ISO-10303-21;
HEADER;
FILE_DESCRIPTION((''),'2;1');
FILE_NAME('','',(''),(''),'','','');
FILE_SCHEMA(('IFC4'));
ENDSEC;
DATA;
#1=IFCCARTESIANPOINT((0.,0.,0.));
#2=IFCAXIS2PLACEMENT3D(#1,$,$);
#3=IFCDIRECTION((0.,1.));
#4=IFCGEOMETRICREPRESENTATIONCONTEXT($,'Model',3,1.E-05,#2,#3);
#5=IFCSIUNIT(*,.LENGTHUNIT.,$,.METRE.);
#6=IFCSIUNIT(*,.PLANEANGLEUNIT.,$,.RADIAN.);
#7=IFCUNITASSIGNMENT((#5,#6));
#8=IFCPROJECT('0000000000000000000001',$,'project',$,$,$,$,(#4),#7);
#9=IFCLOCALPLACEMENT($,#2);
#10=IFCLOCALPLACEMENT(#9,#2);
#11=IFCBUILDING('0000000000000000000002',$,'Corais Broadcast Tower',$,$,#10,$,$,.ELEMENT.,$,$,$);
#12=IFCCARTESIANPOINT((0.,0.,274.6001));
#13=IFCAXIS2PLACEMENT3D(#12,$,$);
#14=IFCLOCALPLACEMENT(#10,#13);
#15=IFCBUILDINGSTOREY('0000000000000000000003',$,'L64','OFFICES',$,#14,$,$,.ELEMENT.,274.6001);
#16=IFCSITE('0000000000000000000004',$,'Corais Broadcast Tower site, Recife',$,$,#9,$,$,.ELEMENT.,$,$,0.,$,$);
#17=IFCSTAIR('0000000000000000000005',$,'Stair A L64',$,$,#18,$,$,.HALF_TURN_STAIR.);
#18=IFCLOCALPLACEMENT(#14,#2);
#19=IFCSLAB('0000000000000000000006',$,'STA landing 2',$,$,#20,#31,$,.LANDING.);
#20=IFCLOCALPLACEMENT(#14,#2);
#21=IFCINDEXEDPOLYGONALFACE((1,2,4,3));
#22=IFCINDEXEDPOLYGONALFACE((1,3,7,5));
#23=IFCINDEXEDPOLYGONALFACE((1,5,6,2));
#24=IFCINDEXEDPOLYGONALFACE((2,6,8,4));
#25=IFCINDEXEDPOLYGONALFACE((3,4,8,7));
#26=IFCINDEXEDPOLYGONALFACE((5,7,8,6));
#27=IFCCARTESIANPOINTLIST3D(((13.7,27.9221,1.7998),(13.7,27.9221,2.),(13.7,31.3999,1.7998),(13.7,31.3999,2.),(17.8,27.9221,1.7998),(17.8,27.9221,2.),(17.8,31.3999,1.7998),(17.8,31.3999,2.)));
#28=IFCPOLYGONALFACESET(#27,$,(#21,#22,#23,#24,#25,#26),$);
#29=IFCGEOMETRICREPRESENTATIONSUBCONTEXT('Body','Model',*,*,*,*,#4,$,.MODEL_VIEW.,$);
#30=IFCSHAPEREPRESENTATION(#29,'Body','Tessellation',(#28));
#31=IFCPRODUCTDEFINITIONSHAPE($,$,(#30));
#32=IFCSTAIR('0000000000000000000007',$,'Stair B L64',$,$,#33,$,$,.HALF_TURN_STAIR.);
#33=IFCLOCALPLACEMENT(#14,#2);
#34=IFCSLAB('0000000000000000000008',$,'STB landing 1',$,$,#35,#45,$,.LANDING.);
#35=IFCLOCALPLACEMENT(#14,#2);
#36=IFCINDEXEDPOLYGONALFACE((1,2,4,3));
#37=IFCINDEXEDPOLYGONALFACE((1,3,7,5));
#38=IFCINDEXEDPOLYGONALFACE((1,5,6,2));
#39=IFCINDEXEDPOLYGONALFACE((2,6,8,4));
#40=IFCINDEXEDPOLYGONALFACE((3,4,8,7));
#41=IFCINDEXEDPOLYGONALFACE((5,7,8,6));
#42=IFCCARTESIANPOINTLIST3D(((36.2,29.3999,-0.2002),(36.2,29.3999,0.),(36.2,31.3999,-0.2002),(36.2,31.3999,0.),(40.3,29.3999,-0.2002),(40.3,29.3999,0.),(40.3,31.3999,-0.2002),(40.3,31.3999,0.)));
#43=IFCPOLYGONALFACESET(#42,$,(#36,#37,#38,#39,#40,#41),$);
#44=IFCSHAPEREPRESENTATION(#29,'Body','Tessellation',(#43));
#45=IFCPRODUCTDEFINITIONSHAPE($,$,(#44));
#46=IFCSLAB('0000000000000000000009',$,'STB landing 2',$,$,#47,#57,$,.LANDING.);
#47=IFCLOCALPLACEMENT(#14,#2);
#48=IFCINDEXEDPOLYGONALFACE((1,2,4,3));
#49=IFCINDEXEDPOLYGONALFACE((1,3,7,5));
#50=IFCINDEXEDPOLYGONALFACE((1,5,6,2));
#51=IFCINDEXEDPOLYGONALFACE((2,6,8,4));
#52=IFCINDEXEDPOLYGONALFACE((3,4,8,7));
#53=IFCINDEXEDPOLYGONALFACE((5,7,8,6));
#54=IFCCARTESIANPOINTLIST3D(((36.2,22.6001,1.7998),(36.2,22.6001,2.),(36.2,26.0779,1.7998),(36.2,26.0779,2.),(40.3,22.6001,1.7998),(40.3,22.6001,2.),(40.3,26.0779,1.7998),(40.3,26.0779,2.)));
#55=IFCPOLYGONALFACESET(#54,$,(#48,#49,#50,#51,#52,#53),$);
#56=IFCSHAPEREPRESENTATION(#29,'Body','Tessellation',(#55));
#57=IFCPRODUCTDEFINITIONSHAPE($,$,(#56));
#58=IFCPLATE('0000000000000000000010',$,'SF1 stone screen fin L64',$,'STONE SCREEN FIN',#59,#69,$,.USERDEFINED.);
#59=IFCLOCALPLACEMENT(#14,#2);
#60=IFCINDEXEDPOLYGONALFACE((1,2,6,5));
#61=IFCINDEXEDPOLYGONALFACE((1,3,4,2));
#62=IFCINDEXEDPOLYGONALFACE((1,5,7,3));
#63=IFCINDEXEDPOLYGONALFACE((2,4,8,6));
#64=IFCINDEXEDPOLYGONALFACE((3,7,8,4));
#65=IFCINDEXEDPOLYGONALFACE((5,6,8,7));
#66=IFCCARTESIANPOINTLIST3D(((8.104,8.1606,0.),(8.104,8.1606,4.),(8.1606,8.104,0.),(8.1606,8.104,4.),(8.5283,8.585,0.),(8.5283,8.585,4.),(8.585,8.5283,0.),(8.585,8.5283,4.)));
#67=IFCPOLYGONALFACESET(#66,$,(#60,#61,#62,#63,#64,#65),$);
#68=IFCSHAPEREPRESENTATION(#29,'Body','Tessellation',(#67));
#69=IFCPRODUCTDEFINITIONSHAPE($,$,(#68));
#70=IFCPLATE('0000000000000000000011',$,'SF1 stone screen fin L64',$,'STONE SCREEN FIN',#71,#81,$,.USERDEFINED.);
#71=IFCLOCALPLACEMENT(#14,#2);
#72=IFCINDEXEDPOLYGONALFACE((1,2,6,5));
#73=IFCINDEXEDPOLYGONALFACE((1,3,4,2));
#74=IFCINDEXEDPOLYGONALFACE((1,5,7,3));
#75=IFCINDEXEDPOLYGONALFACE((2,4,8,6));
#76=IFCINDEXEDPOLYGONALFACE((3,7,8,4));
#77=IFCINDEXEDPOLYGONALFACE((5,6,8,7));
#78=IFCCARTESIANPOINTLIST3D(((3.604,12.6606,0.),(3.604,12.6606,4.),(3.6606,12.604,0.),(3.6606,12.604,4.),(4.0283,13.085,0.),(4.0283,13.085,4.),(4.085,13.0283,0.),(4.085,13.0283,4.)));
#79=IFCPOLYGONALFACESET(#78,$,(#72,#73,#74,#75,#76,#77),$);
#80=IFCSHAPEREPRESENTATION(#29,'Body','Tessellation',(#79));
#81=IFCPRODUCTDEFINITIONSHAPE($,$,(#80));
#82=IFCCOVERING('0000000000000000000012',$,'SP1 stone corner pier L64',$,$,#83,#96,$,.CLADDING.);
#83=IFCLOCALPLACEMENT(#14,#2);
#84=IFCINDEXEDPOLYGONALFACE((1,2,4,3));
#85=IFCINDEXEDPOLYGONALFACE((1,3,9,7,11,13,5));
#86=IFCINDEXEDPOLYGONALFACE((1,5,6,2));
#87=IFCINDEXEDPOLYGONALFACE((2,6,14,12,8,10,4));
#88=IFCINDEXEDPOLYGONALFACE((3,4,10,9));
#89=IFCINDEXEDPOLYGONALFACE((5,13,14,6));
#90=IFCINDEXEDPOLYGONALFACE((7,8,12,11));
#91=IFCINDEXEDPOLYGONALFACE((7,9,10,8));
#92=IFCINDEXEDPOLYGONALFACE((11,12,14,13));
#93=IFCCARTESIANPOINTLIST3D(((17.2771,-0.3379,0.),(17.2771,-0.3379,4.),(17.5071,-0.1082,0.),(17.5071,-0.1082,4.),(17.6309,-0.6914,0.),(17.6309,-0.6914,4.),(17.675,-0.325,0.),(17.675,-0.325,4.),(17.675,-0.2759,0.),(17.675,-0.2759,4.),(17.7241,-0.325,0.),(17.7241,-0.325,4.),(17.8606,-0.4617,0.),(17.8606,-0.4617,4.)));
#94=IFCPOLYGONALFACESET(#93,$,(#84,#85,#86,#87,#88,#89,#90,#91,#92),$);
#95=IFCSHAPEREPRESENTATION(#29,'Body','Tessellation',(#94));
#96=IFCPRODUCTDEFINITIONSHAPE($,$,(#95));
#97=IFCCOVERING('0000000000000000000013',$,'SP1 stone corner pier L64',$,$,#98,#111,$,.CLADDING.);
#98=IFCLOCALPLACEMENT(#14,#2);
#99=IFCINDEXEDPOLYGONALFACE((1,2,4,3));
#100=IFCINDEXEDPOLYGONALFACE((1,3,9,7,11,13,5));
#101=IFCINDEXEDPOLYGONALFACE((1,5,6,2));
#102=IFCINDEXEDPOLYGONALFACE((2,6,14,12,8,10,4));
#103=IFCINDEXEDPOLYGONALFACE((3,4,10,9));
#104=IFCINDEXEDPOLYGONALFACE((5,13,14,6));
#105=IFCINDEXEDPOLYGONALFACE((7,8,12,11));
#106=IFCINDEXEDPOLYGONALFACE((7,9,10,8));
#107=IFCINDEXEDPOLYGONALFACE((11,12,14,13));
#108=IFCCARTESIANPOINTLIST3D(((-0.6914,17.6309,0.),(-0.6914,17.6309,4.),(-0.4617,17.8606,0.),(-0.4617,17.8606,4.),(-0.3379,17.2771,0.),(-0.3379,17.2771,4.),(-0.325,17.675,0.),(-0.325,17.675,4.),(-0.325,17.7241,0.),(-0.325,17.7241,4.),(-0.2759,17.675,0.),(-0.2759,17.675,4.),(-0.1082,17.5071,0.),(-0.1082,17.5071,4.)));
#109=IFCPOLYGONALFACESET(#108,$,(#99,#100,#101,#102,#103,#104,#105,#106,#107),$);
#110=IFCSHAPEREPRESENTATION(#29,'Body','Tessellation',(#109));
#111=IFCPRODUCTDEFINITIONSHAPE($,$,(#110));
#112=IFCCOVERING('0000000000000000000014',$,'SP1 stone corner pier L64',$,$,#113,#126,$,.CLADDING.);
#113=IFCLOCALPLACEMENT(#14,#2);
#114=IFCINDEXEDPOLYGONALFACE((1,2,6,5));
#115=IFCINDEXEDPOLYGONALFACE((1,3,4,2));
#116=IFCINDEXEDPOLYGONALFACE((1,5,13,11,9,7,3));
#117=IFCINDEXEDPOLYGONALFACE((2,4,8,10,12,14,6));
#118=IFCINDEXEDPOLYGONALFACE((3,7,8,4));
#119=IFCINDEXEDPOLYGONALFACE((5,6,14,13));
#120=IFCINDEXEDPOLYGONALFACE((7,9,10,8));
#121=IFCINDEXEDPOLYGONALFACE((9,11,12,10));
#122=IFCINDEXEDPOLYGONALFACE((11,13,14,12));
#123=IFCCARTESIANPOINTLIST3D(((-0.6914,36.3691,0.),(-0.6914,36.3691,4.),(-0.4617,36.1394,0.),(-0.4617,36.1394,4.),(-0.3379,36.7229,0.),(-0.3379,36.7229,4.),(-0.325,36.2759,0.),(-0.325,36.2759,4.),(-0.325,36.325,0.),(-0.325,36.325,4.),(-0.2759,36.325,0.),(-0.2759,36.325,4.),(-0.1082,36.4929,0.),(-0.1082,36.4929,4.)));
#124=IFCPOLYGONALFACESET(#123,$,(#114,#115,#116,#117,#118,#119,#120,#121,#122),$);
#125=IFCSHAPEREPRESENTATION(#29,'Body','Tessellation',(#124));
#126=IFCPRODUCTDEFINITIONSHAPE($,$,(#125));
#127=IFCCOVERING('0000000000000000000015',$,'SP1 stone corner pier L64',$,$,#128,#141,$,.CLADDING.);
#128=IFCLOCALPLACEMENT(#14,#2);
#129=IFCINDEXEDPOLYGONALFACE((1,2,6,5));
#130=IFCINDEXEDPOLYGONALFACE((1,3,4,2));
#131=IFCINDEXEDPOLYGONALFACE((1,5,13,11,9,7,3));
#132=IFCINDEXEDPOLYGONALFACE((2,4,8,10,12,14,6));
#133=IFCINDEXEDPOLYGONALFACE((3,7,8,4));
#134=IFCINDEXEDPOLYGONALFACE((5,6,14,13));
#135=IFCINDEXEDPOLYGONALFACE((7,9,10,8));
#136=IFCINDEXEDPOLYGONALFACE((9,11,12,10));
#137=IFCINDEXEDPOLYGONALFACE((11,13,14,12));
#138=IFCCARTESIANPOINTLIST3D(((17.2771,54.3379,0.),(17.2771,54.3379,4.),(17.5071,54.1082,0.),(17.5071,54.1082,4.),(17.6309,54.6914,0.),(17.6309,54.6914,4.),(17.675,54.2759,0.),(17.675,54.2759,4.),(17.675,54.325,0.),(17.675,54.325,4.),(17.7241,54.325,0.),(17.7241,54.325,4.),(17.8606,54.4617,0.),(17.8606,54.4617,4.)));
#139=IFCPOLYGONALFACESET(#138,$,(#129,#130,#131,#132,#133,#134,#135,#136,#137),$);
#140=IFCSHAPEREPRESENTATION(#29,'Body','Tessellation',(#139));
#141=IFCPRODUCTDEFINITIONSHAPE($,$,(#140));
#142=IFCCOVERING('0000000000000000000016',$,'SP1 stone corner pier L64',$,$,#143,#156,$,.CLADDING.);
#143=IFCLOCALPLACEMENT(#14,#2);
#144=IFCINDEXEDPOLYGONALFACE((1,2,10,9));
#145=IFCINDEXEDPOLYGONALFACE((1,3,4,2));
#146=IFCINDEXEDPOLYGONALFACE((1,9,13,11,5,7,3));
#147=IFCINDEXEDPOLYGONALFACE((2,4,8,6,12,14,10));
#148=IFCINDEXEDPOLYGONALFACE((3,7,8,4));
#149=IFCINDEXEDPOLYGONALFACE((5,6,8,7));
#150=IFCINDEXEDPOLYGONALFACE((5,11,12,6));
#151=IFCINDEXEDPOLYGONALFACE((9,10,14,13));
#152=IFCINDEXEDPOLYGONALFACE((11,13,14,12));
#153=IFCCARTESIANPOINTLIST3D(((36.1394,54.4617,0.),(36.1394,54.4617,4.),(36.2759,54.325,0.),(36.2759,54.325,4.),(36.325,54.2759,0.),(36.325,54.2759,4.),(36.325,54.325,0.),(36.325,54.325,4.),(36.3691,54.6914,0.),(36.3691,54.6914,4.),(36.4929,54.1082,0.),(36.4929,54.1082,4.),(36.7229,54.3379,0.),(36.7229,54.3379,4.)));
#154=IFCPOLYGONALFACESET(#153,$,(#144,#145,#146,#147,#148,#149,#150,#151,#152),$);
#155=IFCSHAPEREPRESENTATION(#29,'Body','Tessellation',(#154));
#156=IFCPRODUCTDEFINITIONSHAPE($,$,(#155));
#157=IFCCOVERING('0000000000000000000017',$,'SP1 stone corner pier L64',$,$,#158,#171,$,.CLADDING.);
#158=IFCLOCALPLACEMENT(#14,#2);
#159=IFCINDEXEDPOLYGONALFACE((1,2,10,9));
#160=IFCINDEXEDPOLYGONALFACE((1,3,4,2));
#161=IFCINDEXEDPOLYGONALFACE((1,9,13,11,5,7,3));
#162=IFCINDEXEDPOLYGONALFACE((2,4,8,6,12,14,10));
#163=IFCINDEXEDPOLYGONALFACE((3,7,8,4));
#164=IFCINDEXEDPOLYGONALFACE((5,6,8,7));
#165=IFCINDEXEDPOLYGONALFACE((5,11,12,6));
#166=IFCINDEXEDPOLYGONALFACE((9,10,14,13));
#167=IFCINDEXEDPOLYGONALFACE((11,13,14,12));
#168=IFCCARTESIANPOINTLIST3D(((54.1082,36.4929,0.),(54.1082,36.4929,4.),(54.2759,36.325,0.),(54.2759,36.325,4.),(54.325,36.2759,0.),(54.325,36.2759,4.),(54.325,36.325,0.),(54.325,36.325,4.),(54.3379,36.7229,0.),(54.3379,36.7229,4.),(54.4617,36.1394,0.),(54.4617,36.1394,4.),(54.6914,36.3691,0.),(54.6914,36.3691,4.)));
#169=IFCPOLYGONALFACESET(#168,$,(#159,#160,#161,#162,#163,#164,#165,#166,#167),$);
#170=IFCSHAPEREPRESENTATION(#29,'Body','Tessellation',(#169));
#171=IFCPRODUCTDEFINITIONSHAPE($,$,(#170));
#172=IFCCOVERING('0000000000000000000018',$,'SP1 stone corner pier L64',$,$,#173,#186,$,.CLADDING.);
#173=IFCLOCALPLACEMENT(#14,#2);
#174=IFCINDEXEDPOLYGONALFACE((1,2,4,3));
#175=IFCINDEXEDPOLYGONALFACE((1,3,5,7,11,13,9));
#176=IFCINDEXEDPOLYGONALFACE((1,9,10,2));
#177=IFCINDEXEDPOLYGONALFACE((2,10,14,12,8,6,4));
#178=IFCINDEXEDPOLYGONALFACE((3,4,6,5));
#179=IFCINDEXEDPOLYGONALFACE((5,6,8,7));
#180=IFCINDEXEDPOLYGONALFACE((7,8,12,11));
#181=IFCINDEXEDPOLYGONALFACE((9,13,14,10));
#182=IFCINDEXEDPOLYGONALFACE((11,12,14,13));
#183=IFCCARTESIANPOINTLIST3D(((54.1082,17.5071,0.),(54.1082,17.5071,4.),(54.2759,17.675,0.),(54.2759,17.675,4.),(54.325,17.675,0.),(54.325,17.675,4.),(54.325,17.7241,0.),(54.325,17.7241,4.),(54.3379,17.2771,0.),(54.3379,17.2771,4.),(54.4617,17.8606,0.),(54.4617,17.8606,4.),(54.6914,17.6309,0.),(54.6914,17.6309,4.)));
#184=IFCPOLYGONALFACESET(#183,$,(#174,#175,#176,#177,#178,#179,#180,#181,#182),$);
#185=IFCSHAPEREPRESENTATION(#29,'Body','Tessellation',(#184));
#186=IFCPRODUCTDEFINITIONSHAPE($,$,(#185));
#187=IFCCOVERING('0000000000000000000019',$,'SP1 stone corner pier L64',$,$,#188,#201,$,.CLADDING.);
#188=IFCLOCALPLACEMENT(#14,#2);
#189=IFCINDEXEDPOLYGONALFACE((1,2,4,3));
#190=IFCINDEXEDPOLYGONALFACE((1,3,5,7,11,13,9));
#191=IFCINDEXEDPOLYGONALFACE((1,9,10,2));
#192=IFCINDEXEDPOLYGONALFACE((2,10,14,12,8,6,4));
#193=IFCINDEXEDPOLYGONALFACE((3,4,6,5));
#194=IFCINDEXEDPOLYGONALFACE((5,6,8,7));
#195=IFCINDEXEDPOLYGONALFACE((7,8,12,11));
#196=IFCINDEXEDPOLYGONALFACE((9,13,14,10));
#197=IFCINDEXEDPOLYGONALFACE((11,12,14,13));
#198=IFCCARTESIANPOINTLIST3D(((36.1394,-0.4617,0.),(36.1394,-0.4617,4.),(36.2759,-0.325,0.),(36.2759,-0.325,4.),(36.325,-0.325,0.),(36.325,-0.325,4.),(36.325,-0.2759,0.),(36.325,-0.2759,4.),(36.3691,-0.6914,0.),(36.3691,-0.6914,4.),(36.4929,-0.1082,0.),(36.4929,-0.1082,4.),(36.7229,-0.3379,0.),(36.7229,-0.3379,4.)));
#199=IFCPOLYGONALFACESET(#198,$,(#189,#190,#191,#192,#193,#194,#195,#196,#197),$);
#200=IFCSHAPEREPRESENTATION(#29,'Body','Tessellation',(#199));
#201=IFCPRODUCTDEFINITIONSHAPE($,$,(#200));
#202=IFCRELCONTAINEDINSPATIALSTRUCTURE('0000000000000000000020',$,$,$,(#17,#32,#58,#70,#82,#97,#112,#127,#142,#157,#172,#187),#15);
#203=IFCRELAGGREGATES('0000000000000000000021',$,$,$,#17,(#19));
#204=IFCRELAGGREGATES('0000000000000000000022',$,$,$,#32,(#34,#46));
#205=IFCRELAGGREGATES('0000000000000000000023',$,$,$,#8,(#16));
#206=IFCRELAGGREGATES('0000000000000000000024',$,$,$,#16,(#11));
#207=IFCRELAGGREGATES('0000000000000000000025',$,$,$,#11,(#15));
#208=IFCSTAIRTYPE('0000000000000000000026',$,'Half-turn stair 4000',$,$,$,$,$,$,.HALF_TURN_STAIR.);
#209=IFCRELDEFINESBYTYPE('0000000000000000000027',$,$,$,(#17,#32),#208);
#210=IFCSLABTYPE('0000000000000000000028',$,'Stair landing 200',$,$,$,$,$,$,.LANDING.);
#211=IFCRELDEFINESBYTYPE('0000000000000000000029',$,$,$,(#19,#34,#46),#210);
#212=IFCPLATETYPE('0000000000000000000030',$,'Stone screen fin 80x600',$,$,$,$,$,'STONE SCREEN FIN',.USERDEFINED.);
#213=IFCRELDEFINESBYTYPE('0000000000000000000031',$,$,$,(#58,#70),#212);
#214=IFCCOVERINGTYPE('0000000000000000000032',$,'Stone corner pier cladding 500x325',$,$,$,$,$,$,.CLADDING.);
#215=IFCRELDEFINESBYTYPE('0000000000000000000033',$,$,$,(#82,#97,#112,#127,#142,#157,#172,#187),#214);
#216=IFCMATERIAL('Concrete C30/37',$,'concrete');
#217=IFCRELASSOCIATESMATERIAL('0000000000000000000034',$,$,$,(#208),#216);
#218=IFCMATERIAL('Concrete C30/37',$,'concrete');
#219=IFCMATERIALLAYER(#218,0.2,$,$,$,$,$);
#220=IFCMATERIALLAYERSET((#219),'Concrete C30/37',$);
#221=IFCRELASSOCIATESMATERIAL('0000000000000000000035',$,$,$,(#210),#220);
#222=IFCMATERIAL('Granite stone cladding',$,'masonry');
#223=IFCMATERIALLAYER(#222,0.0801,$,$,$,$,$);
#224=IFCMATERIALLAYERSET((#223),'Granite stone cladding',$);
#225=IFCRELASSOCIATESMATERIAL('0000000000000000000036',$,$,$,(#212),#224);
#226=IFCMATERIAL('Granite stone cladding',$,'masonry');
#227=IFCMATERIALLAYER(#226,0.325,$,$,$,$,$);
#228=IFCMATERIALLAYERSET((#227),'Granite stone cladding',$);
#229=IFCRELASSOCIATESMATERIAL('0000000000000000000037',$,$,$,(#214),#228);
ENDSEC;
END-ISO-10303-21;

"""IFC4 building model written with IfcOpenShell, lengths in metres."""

from ifc_helpers import new_model, si_unit, direction, frame, origin, origin_2d, place, context, subcontext, project, spatial, polyline, rectangle, outline, extrude, material, layer, layer_set, type_object, element, aggregate, save


model = new_model("IFC4")

# Units and contexts
model_context = context("Model", 3, precision=1e-05, world=origin(), true_north=direction((0.0, 1.0)))
body_context = subcontext(model_context, "Body", "Model", "MODEL_VIEW")
ifc_project = project(units=[si_unit("LENGTHUNIT", "METRE"), si_unit("PLANEANGLEUNIT", "RADIAN")], contexts=[model_context])

# Site, building, storey
site_placement = place(None, origin())
site = spatial("IfcSite", under=ifc_project, at=site_placement, Name="Corais Broadcast Tower site, Recife", CompositionType="ELEMENT", RefElevation=0.0)
building_placement = place(site_placement, origin())
building = spatial("IfcBuilding", under=site, at=building_placement, Name="Corais Broadcast Tower", CompositionType="ELEMENT")
storey_placement = place(building_placement, frame((0.0, 0.0, 274.6001)))
storey = spatial("IfcBuildingStorey", under=building, at=storey_placement, Name="L64", Description="OFFICES", CompositionType="ELEMENT", Elevation=274.6001)

# Stairs, slabs
ifc_material_1 = material(Name="Concrete C30/37", Category="concrete")
stair_type = type_object("IfcStairType", Name="Half-turn stair 4000", PredefinedType="HALF_TURN_STAIR", material=ifc_material_1)
stair_1_placement = place(storey_placement, origin())
stair_1 = element("IfcStair", 1, at=stair_1_placement, inside=storey, type_object=stair_type, Name="Stair A L64", PredefinedType="HALF_TURN_STAIR")
ifc_material_2 = material(Name="Concrete C30/37", Category="concrete")
ifc_layer_1 = layer(ifc_material_2, 0.2)
ifc_layer_set_1 = layer_set([ifc_layer_1], Name="Concrete C30/37")
slab_type_1 = type_object("IfcSlabType", Name="Stair landing 200", PredefinedType="LANDING", material=ifc_layer_set_1)
slab_1_placement = place(storey_placement, frame((0.0, 0.0, 1.7998)))
slab_1 = element("IfcSlab", 2, at=slab_1_placement, type_object=slab_type_1, Name="STA landing 2", PredefinedType="LANDING", context=body_context, shape_type="SweptSolid", body=[
    extrude(outline(polyline([(13.7, 27.9221), (17.8, 27.9221), (17.8, 31.3999), (13.7, 31.3999), (13.7, 27.9221)])), origin(), (0.0, 0.0, 1.0), 0.2002),
])
aggregate(stair_1, [slab_1])
stair_2_placement = place(storey_placement, origin())
stair_2 = element("IfcStair", 3, at=stair_2_placement, inside=storey, type_object=stair_type, Name="Stair B L64", PredefinedType="HALF_TURN_STAIR")
slab_2_placement = place(storey_placement, frame((0.0, 0.0, -0.2002)))
slab_2 = element("IfcSlab", 4, at=slab_2_placement, type_object=slab_type_1, Name="STB landing 1", PredefinedType="LANDING", context=body_context, shape_type="SweptSolid", body=[
    extrude(outline(polyline([(36.2, 29.3999), (40.3, 29.3999), (40.3, 31.3999), (36.2, 31.3999), (36.2, 29.3999)])), origin(), (0.0, 0.0, 1.0), 0.2002),
])
slab_3_placement = place(storey_placement, frame((0.0, 0.0, 1.7998)))
slab_3 = element("IfcSlab", 5, at=slab_3_placement, type_object=slab_type_1, Name="STB landing 2", PredefinedType="LANDING", context=body_context, shape_type="SweptSolid", body=[
    extrude(outline(polyline([(36.2, 22.6001), (40.3, 22.6001), (40.3, 26.0779), (36.2, 26.0779), (36.2, 22.6001)])), origin(), (0.0, 0.0, 1.0), 0.2002),
])
aggregate(stair_2, [slab_2, slab_3])

# Plates
ifc_material_3 = material(Name="Granite stone cladding", Category="masonry")
ifc_layer_2 = layer(ifc_material_3, 0.0801)
ifc_layer_set_2 = layer_set([ifc_layer_2], Name="Granite stone cladding")
plate_type_1 = type_object("IfcPlateType", Name="Stone screen fin 80x600", ElementType="STONE SCREEN FIN", PredefinedType="USERDEFINED", material=ifc_layer_set_2)
for number, where, z_axis, x_axis, name in (
    (6, (8.3445, 8.3445, 0.0), (0.0, 0.0, 1.0), (-0.707107, 0.707107, 0.0), "SF1 stone screen fin L64"),
    (7, (3.8445, 12.8445, 0.0), (0.0, 0.0, 1.0), (-0.707107, 0.707107, 0.0), "SF1 stone screen fin L64"),
):
    element("IfcPlate", number, at=place(storey_placement, frame(where, z_axis=z_axis, x_axis=x_axis)), inside=storey, type_object=plate_type_1, Name=name, ObjectType="STONE SCREEN FIN", PredefinedType="USERDEFINED", context=body_context, shape_type="SweptSolid", body=[
        extrude(rectangle(XDim=0.0801, YDim=0.6001, at=origin_2d()), origin(), (0.0, 0.0, 1.0), 4.0),
    ])

# Coverings
ifc_material_4 = material(Name="Granite stone cladding", Category="masonry")
ifc_layer_3 = layer(ifc_material_4, 0.325)
ifc_layer_set_3 = layer_set([ifc_layer_3], Name="Granite stone cladding")
covering_type_1 = type_object("IfcCoveringType", Name="Stone corner pier cladding 500x325", PredefinedType="CLADDING", material=ifc_layer_set_3)
covering_1_placement = place(storey_placement, origin())
element("IfcCovering", 8, at=covering_1_placement, inside=storey, type_object=covering_type_1, Name="SP1 stone corner pier L64", PredefinedType="CLADDING", context=body_context, shape_type="SweptSolid", body=[
    extrude(outline(polyline([(17.8606, -0.4617), (17.7241, -0.325), (17.675, -0.325), (17.675, -0.2759), (17.5071, -0.1082), (17.2771, -0.3379), (17.6309, -0.6914), (17.8606, -0.4617)])), origin(), (0.0, 0.0, 1.0), 4.0),
])
covering_2_placement = place(storey_placement, origin())
element("IfcCovering", 9, at=covering_2_placement, inside=storey, type_object=covering_type_1, Name="SP1 stone corner pier L64", PredefinedType="CLADDING", context=body_context, shape_type="SweptSolid", body=[
    extrude(outline(polyline([(-0.325, 17.7241), (-0.4617, 17.8606), (-0.6914, 17.6309), (-0.3379, 17.2771), (-0.1082, 17.5071), (-0.2759, 17.675), (-0.325, 17.675), (-0.325, 17.7241)])), origin(), (0.0, 0.0, 1.0), 4.0),
])
covering_3_placement = place(storey_placement, origin())
element("IfcCovering", 10, at=covering_3_placement, inside=storey, type_object=covering_type_1, Name="SP1 stone corner pier L64", PredefinedType="CLADDING", context=body_context, shape_type="SweptSolid", body=[
    extrude(outline(polyline([(-0.4617, 36.1394), (-0.325, 36.2759), (-0.325, 36.325), (-0.2759, 36.325), (-0.1082, 36.4929), (-0.3379, 36.7229), (-0.6914, 36.3691), (-0.4617, 36.1394)])), origin(), (0.0, 0.0, 1.0), 4.0),
])
covering_4_placement = place(storey_placement, origin())
element("IfcCovering", 11, at=covering_4_placement, inside=storey, type_object=covering_type_1, Name="SP1 stone corner pier L64", PredefinedType="CLADDING", context=body_context, shape_type="SweptSolid", body=[
    extrude(outline(polyline([(17.7241, 54.325), (17.8606, 54.4617), (17.6309, 54.6914), (17.2771, 54.3379), (17.5071, 54.1082), (17.675, 54.2759), (17.675, 54.325), (17.7241, 54.325)])), origin(), (0.0, 0.0, 1.0), 4.0),
])
covering_5_placement = place(storey_placement, origin())
element("IfcCovering", 12, at=covering_5_placement, inside=storey, type_object=covering_type_1, Name="SP1 stone corner pier L64", PredefinedType="CLADDING", context=body_context, shape_type="SweptSolid", body=[
    extrude(outline(polyline([(36.1394, 54.4617), (36.2759, 54.325), (36.325, 54.325), (36.325, 54.2759), (36.4929, 54.1082), (36.7229, 54.3379), (36.3691, 54.6914), (36.1394, 54.4617)])), origin(), (0.0, 0.0, 1.0), 4.0),
])
covering_6_placement = place(storey_placement, origin())
element("IfcCovering", 13, at=covering_6_placement, inside=storey, type_object=covering_type_1, Name="SP1 stone corner pier L64", PredefinedType="CLADDING", context=body_context, shape_type="SweptSolid", body=[
    extrude(outline(polyline([(54.325, 36.2759), (54.4617, 36.1394), (54.6914, 36.3691), (54.3379, 36.7229), (54.1082, 36.4929), (54.2759, 36.325), (54.325, 36.325), (54.325, 36.2759)])), origin(), (0.0, 0.0, 1.0), 4.0),
])
covering_7_placement = place(storey_placement, origin())
element("IfcCovering", 14, at=covering_7_placement, inside=storey, type_object=covering_type_1, Name="SP1 stone corner pier L64", PredefinedType="CLADDING", context=body_context, shape_type="SweptSolid", body=[
    extrude(outline(polyline([(54.4617, 17.8606), (54.325, 17.7241), (54.325, 17.675), (54.2759, 17.675), (54.1082, 17.5071), (54.3379, 17.2771), (54.6914, 17.6309), (54.4617, 17.8606)])), origin(), (0.0, 0.0, 1.0), 4.0),
])
covering_8_placement = place(storey_placement, origin())
element("IfcCovering", 15, at=covering_8_placement, inside=storey, type_object=covering_type_1, Name="SP1 stone corner pier L64", PredefinedType="CLADDING", context=body_context, shape_type="SweptSolid", body=[
    extrude(outline(polyline([(36.2759, -0.325), (36.1394, -0.4617), (36.3691, -0.6914), (36.7229, -0.3379), (36.4929, -0.1082), (36.325, -0.2759), (36.325, -0.325), (36.2759, -0.325)])), origin(), (0.0, 0.0, 1.0), 4.0),
])

save(model, "model.ifc")
